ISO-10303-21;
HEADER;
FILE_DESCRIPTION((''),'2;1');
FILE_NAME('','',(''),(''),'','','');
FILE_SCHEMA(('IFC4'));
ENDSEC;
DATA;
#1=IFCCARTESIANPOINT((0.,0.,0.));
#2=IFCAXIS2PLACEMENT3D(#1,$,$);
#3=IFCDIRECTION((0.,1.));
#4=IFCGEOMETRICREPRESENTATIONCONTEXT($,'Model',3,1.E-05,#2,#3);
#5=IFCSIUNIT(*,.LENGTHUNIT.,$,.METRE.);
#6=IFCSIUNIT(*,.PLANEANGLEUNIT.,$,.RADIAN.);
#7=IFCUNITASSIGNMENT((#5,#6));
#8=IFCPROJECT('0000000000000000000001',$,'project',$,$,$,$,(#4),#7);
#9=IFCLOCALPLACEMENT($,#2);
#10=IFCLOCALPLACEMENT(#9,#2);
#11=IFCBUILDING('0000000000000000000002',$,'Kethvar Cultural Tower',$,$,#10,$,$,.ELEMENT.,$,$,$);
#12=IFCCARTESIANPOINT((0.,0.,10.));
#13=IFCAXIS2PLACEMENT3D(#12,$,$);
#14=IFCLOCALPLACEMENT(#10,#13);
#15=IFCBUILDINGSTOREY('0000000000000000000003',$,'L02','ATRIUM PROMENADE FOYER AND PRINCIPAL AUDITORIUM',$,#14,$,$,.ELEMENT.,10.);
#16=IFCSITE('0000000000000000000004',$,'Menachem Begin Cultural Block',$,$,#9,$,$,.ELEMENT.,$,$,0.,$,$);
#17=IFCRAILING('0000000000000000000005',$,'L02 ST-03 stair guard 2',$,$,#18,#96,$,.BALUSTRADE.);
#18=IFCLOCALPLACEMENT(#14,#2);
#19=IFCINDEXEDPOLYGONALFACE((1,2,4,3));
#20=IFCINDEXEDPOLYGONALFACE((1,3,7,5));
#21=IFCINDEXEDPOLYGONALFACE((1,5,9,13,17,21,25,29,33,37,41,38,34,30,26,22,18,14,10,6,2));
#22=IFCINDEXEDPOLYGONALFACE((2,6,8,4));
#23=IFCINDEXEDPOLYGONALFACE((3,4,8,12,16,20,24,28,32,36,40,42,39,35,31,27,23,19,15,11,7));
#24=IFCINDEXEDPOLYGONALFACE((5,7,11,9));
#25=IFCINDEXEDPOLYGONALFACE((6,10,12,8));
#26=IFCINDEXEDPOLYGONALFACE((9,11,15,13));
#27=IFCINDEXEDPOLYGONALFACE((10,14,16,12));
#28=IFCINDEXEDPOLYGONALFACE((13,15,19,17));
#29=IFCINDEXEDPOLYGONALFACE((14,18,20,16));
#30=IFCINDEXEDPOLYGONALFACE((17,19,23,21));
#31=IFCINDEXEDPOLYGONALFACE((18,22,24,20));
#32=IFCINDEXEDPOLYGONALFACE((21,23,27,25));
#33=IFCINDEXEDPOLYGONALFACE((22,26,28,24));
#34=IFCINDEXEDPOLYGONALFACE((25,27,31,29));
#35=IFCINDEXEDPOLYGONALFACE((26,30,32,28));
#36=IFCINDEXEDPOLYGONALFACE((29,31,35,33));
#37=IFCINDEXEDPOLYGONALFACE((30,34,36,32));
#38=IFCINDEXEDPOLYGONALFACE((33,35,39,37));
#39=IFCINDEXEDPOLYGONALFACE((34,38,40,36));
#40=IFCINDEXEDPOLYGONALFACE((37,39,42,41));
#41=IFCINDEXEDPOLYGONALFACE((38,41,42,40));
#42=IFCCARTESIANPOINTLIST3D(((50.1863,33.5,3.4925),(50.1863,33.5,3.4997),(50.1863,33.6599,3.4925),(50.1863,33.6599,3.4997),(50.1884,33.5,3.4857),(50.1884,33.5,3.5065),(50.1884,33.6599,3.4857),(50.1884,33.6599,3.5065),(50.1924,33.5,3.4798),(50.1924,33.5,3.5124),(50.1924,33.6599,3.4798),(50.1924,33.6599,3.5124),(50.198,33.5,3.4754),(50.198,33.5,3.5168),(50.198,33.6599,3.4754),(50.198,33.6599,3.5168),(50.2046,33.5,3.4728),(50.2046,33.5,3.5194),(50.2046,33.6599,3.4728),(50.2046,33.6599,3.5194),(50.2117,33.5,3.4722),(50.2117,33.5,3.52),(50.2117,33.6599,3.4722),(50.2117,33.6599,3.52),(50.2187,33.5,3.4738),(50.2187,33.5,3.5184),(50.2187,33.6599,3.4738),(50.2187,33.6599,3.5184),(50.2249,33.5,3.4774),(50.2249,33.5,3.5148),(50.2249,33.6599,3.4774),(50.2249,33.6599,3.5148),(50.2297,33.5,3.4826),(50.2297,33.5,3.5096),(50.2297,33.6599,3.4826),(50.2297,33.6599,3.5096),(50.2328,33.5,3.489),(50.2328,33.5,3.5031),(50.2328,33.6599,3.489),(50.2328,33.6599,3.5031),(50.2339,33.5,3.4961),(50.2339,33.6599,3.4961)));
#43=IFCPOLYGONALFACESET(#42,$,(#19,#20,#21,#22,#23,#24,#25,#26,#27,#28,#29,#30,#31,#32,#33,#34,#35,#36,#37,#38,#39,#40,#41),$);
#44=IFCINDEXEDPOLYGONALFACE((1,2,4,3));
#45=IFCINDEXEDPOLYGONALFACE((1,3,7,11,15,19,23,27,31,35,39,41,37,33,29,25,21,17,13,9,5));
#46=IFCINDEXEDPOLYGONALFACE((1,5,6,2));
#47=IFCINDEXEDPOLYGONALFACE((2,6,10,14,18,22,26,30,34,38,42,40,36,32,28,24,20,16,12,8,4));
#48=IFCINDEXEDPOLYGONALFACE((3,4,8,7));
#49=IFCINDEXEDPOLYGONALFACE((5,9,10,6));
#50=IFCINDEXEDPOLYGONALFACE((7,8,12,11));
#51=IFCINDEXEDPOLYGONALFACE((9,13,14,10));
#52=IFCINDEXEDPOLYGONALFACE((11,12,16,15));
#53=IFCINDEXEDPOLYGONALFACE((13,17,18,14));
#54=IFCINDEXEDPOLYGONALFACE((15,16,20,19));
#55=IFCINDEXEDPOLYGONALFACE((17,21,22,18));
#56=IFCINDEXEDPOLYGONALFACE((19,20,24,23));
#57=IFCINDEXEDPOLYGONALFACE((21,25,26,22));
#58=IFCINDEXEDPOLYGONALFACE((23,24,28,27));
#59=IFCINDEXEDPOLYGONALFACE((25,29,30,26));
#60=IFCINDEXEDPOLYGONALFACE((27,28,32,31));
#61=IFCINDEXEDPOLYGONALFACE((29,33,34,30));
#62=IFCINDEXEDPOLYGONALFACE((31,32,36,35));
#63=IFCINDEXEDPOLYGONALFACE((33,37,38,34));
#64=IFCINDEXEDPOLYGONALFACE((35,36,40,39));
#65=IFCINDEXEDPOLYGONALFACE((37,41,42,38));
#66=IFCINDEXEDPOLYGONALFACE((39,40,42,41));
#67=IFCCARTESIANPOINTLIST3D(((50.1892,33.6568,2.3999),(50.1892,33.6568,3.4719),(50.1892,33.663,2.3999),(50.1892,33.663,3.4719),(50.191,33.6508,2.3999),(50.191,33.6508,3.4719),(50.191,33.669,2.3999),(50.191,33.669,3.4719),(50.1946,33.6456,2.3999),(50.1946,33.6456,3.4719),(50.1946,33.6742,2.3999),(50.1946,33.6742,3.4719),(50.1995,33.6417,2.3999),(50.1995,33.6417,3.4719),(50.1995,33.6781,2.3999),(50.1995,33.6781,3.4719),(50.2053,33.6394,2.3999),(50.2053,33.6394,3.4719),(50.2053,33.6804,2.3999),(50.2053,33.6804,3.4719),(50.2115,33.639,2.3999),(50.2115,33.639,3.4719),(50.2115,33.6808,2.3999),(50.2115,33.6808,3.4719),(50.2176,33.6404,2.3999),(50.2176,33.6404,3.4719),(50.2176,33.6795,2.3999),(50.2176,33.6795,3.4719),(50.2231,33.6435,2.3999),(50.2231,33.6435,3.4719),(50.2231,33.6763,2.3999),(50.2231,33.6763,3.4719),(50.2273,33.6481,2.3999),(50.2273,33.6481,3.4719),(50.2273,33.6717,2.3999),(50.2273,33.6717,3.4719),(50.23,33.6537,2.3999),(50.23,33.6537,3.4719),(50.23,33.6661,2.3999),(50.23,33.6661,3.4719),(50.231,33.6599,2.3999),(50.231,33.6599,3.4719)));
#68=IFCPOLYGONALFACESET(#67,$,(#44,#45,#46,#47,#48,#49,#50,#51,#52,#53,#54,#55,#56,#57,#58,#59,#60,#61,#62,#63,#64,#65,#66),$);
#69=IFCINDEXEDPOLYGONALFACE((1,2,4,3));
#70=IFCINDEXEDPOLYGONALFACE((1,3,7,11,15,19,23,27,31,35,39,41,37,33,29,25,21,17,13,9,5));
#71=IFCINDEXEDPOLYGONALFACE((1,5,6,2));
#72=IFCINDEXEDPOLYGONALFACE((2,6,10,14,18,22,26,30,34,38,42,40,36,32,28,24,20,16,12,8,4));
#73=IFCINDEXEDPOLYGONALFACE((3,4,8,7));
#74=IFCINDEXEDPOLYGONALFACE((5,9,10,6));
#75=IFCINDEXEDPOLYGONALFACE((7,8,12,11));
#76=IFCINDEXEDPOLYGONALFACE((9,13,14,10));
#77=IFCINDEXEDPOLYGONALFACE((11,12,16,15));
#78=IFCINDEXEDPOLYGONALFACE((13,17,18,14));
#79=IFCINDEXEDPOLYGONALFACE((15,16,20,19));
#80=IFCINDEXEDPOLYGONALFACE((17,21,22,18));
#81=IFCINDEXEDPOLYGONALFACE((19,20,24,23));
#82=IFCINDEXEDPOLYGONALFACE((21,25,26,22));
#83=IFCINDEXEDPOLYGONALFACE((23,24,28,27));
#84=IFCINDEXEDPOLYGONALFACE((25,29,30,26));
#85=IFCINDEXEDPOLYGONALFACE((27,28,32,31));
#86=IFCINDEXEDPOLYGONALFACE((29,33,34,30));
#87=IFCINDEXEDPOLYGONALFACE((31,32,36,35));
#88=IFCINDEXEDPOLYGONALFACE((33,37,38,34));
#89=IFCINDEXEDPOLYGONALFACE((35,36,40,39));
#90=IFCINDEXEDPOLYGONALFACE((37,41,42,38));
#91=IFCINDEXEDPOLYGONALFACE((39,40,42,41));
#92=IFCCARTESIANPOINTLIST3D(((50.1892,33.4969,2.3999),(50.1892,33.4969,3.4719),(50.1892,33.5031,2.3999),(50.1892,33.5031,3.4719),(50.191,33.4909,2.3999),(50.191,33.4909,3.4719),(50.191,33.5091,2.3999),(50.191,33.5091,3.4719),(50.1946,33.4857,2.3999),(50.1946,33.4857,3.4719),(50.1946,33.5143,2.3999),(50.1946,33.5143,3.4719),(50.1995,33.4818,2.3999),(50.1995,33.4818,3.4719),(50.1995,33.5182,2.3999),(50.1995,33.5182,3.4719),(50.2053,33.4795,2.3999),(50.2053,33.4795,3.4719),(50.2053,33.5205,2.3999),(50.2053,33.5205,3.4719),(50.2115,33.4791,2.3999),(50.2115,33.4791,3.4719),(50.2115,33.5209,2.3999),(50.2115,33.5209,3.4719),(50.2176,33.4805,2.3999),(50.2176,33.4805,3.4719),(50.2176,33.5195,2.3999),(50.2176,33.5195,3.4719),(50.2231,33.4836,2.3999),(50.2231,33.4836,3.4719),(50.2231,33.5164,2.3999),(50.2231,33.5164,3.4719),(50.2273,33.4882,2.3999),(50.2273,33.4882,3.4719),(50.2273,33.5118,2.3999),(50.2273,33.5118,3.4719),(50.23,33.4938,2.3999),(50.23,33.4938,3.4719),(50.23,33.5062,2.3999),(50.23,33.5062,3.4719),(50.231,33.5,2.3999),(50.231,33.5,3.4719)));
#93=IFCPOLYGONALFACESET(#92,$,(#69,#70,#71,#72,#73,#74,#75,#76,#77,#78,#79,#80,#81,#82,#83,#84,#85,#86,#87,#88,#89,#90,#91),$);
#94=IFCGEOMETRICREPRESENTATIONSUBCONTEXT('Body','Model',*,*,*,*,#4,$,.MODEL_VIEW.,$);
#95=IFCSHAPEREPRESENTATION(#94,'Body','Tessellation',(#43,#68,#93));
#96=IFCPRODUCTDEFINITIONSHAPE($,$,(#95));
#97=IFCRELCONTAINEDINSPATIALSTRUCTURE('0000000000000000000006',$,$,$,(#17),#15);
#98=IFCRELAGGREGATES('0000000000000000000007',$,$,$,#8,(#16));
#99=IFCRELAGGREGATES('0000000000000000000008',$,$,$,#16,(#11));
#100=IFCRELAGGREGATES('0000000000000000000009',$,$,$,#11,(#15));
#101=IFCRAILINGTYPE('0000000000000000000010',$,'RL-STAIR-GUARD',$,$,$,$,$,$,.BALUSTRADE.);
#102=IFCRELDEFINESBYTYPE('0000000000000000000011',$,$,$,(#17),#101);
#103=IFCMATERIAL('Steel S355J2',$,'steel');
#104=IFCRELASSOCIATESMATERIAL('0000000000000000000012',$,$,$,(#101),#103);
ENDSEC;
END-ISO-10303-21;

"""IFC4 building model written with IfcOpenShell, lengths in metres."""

from ifc_helpers import new_model, si_unit, direction, frame, origin, origin_2d, place, context, subcontext, project, spatial, circle, extrude, material, type_object, element, save


model = new_model("IFC4")

# Units and contexts
model_context = context("Model", 3, precision=1e-05, world=origin(), true_north=direction((0.0, 1.0)))
body_context = subcontext(model_context, "Body", "Model", "MODEL_VIEW")
ifc_project = project(units=[si_unit("LENGTHUNIT", "METRE"), si_unit("PLANEANGLEUNIT", "RADIAN")], contexts=[model_context])

# Site, building, storey
site_placement = place(None, origin())
site = spatial("IfcSite", under=ifc_project, at=site_placement, Name="Menachem Begin Cultural Block", CompositionType="ELEMENT", RefElevation=0.0)
building_placement = place(site_placement, origin())
building = spatial("IfcBuilding", under=site, at=building_placement, Name="Kethvar Cultural Tower", CompositionType="ELEMENT")
storey_placement = place(building_placement, frame((0.0, 0.0, 10.0)))
storey = spatial("IfcBuildingStorey", under=building, at=storey_placement, Name="L02", Description="ATRIUM PROMENADE FOYER AND PRINCIPAL AUDITORIUM", CompositionType="ELEMENT", Elevation=10.0)

# Shared definitions
ifc_material_1 = material(Name="Steel S355J2", Category="steel")

# Railing
railing_type_1 = type_object("IfcRailingType", Name="RL-STAIR-GUARD", PredefinedType="BALUSTRADE", material=ifc_material_1)
railing_1_placement = place(storey_placement, frame((50.21, 33.6599, 2.3999)))
element("IfcRailing", 1, at=railing_1_placement, inside=storey, type_object=railing_type_1, Name="L02 ST-03 stair guard 2", PredefinedType="BALUSTRADE", context=body_context, shape_type="SweptSolid", body=[
    extrude(circle(Radius=0.0239, at=origin_2d()), frame((0.0, 0.0, 1.0962), z_axis=(0.0, -1.0, 0.0), x_axis=(1.0, 0.0, 0.0)), (0.0, 0.0, 1.0), 0.1599),
    extrude(circle(Radius=0.021, at=origin_2d()), origin(), (0.0, 0.0, 1.0), 1.072),
    extrude(circle(Radius=0.021, at=origin_2d()), frame((0.0, -0.1599, 0.0)), (0.0, 0.0, 1.0), 1.072),
])

save(model, "model.ifc")
